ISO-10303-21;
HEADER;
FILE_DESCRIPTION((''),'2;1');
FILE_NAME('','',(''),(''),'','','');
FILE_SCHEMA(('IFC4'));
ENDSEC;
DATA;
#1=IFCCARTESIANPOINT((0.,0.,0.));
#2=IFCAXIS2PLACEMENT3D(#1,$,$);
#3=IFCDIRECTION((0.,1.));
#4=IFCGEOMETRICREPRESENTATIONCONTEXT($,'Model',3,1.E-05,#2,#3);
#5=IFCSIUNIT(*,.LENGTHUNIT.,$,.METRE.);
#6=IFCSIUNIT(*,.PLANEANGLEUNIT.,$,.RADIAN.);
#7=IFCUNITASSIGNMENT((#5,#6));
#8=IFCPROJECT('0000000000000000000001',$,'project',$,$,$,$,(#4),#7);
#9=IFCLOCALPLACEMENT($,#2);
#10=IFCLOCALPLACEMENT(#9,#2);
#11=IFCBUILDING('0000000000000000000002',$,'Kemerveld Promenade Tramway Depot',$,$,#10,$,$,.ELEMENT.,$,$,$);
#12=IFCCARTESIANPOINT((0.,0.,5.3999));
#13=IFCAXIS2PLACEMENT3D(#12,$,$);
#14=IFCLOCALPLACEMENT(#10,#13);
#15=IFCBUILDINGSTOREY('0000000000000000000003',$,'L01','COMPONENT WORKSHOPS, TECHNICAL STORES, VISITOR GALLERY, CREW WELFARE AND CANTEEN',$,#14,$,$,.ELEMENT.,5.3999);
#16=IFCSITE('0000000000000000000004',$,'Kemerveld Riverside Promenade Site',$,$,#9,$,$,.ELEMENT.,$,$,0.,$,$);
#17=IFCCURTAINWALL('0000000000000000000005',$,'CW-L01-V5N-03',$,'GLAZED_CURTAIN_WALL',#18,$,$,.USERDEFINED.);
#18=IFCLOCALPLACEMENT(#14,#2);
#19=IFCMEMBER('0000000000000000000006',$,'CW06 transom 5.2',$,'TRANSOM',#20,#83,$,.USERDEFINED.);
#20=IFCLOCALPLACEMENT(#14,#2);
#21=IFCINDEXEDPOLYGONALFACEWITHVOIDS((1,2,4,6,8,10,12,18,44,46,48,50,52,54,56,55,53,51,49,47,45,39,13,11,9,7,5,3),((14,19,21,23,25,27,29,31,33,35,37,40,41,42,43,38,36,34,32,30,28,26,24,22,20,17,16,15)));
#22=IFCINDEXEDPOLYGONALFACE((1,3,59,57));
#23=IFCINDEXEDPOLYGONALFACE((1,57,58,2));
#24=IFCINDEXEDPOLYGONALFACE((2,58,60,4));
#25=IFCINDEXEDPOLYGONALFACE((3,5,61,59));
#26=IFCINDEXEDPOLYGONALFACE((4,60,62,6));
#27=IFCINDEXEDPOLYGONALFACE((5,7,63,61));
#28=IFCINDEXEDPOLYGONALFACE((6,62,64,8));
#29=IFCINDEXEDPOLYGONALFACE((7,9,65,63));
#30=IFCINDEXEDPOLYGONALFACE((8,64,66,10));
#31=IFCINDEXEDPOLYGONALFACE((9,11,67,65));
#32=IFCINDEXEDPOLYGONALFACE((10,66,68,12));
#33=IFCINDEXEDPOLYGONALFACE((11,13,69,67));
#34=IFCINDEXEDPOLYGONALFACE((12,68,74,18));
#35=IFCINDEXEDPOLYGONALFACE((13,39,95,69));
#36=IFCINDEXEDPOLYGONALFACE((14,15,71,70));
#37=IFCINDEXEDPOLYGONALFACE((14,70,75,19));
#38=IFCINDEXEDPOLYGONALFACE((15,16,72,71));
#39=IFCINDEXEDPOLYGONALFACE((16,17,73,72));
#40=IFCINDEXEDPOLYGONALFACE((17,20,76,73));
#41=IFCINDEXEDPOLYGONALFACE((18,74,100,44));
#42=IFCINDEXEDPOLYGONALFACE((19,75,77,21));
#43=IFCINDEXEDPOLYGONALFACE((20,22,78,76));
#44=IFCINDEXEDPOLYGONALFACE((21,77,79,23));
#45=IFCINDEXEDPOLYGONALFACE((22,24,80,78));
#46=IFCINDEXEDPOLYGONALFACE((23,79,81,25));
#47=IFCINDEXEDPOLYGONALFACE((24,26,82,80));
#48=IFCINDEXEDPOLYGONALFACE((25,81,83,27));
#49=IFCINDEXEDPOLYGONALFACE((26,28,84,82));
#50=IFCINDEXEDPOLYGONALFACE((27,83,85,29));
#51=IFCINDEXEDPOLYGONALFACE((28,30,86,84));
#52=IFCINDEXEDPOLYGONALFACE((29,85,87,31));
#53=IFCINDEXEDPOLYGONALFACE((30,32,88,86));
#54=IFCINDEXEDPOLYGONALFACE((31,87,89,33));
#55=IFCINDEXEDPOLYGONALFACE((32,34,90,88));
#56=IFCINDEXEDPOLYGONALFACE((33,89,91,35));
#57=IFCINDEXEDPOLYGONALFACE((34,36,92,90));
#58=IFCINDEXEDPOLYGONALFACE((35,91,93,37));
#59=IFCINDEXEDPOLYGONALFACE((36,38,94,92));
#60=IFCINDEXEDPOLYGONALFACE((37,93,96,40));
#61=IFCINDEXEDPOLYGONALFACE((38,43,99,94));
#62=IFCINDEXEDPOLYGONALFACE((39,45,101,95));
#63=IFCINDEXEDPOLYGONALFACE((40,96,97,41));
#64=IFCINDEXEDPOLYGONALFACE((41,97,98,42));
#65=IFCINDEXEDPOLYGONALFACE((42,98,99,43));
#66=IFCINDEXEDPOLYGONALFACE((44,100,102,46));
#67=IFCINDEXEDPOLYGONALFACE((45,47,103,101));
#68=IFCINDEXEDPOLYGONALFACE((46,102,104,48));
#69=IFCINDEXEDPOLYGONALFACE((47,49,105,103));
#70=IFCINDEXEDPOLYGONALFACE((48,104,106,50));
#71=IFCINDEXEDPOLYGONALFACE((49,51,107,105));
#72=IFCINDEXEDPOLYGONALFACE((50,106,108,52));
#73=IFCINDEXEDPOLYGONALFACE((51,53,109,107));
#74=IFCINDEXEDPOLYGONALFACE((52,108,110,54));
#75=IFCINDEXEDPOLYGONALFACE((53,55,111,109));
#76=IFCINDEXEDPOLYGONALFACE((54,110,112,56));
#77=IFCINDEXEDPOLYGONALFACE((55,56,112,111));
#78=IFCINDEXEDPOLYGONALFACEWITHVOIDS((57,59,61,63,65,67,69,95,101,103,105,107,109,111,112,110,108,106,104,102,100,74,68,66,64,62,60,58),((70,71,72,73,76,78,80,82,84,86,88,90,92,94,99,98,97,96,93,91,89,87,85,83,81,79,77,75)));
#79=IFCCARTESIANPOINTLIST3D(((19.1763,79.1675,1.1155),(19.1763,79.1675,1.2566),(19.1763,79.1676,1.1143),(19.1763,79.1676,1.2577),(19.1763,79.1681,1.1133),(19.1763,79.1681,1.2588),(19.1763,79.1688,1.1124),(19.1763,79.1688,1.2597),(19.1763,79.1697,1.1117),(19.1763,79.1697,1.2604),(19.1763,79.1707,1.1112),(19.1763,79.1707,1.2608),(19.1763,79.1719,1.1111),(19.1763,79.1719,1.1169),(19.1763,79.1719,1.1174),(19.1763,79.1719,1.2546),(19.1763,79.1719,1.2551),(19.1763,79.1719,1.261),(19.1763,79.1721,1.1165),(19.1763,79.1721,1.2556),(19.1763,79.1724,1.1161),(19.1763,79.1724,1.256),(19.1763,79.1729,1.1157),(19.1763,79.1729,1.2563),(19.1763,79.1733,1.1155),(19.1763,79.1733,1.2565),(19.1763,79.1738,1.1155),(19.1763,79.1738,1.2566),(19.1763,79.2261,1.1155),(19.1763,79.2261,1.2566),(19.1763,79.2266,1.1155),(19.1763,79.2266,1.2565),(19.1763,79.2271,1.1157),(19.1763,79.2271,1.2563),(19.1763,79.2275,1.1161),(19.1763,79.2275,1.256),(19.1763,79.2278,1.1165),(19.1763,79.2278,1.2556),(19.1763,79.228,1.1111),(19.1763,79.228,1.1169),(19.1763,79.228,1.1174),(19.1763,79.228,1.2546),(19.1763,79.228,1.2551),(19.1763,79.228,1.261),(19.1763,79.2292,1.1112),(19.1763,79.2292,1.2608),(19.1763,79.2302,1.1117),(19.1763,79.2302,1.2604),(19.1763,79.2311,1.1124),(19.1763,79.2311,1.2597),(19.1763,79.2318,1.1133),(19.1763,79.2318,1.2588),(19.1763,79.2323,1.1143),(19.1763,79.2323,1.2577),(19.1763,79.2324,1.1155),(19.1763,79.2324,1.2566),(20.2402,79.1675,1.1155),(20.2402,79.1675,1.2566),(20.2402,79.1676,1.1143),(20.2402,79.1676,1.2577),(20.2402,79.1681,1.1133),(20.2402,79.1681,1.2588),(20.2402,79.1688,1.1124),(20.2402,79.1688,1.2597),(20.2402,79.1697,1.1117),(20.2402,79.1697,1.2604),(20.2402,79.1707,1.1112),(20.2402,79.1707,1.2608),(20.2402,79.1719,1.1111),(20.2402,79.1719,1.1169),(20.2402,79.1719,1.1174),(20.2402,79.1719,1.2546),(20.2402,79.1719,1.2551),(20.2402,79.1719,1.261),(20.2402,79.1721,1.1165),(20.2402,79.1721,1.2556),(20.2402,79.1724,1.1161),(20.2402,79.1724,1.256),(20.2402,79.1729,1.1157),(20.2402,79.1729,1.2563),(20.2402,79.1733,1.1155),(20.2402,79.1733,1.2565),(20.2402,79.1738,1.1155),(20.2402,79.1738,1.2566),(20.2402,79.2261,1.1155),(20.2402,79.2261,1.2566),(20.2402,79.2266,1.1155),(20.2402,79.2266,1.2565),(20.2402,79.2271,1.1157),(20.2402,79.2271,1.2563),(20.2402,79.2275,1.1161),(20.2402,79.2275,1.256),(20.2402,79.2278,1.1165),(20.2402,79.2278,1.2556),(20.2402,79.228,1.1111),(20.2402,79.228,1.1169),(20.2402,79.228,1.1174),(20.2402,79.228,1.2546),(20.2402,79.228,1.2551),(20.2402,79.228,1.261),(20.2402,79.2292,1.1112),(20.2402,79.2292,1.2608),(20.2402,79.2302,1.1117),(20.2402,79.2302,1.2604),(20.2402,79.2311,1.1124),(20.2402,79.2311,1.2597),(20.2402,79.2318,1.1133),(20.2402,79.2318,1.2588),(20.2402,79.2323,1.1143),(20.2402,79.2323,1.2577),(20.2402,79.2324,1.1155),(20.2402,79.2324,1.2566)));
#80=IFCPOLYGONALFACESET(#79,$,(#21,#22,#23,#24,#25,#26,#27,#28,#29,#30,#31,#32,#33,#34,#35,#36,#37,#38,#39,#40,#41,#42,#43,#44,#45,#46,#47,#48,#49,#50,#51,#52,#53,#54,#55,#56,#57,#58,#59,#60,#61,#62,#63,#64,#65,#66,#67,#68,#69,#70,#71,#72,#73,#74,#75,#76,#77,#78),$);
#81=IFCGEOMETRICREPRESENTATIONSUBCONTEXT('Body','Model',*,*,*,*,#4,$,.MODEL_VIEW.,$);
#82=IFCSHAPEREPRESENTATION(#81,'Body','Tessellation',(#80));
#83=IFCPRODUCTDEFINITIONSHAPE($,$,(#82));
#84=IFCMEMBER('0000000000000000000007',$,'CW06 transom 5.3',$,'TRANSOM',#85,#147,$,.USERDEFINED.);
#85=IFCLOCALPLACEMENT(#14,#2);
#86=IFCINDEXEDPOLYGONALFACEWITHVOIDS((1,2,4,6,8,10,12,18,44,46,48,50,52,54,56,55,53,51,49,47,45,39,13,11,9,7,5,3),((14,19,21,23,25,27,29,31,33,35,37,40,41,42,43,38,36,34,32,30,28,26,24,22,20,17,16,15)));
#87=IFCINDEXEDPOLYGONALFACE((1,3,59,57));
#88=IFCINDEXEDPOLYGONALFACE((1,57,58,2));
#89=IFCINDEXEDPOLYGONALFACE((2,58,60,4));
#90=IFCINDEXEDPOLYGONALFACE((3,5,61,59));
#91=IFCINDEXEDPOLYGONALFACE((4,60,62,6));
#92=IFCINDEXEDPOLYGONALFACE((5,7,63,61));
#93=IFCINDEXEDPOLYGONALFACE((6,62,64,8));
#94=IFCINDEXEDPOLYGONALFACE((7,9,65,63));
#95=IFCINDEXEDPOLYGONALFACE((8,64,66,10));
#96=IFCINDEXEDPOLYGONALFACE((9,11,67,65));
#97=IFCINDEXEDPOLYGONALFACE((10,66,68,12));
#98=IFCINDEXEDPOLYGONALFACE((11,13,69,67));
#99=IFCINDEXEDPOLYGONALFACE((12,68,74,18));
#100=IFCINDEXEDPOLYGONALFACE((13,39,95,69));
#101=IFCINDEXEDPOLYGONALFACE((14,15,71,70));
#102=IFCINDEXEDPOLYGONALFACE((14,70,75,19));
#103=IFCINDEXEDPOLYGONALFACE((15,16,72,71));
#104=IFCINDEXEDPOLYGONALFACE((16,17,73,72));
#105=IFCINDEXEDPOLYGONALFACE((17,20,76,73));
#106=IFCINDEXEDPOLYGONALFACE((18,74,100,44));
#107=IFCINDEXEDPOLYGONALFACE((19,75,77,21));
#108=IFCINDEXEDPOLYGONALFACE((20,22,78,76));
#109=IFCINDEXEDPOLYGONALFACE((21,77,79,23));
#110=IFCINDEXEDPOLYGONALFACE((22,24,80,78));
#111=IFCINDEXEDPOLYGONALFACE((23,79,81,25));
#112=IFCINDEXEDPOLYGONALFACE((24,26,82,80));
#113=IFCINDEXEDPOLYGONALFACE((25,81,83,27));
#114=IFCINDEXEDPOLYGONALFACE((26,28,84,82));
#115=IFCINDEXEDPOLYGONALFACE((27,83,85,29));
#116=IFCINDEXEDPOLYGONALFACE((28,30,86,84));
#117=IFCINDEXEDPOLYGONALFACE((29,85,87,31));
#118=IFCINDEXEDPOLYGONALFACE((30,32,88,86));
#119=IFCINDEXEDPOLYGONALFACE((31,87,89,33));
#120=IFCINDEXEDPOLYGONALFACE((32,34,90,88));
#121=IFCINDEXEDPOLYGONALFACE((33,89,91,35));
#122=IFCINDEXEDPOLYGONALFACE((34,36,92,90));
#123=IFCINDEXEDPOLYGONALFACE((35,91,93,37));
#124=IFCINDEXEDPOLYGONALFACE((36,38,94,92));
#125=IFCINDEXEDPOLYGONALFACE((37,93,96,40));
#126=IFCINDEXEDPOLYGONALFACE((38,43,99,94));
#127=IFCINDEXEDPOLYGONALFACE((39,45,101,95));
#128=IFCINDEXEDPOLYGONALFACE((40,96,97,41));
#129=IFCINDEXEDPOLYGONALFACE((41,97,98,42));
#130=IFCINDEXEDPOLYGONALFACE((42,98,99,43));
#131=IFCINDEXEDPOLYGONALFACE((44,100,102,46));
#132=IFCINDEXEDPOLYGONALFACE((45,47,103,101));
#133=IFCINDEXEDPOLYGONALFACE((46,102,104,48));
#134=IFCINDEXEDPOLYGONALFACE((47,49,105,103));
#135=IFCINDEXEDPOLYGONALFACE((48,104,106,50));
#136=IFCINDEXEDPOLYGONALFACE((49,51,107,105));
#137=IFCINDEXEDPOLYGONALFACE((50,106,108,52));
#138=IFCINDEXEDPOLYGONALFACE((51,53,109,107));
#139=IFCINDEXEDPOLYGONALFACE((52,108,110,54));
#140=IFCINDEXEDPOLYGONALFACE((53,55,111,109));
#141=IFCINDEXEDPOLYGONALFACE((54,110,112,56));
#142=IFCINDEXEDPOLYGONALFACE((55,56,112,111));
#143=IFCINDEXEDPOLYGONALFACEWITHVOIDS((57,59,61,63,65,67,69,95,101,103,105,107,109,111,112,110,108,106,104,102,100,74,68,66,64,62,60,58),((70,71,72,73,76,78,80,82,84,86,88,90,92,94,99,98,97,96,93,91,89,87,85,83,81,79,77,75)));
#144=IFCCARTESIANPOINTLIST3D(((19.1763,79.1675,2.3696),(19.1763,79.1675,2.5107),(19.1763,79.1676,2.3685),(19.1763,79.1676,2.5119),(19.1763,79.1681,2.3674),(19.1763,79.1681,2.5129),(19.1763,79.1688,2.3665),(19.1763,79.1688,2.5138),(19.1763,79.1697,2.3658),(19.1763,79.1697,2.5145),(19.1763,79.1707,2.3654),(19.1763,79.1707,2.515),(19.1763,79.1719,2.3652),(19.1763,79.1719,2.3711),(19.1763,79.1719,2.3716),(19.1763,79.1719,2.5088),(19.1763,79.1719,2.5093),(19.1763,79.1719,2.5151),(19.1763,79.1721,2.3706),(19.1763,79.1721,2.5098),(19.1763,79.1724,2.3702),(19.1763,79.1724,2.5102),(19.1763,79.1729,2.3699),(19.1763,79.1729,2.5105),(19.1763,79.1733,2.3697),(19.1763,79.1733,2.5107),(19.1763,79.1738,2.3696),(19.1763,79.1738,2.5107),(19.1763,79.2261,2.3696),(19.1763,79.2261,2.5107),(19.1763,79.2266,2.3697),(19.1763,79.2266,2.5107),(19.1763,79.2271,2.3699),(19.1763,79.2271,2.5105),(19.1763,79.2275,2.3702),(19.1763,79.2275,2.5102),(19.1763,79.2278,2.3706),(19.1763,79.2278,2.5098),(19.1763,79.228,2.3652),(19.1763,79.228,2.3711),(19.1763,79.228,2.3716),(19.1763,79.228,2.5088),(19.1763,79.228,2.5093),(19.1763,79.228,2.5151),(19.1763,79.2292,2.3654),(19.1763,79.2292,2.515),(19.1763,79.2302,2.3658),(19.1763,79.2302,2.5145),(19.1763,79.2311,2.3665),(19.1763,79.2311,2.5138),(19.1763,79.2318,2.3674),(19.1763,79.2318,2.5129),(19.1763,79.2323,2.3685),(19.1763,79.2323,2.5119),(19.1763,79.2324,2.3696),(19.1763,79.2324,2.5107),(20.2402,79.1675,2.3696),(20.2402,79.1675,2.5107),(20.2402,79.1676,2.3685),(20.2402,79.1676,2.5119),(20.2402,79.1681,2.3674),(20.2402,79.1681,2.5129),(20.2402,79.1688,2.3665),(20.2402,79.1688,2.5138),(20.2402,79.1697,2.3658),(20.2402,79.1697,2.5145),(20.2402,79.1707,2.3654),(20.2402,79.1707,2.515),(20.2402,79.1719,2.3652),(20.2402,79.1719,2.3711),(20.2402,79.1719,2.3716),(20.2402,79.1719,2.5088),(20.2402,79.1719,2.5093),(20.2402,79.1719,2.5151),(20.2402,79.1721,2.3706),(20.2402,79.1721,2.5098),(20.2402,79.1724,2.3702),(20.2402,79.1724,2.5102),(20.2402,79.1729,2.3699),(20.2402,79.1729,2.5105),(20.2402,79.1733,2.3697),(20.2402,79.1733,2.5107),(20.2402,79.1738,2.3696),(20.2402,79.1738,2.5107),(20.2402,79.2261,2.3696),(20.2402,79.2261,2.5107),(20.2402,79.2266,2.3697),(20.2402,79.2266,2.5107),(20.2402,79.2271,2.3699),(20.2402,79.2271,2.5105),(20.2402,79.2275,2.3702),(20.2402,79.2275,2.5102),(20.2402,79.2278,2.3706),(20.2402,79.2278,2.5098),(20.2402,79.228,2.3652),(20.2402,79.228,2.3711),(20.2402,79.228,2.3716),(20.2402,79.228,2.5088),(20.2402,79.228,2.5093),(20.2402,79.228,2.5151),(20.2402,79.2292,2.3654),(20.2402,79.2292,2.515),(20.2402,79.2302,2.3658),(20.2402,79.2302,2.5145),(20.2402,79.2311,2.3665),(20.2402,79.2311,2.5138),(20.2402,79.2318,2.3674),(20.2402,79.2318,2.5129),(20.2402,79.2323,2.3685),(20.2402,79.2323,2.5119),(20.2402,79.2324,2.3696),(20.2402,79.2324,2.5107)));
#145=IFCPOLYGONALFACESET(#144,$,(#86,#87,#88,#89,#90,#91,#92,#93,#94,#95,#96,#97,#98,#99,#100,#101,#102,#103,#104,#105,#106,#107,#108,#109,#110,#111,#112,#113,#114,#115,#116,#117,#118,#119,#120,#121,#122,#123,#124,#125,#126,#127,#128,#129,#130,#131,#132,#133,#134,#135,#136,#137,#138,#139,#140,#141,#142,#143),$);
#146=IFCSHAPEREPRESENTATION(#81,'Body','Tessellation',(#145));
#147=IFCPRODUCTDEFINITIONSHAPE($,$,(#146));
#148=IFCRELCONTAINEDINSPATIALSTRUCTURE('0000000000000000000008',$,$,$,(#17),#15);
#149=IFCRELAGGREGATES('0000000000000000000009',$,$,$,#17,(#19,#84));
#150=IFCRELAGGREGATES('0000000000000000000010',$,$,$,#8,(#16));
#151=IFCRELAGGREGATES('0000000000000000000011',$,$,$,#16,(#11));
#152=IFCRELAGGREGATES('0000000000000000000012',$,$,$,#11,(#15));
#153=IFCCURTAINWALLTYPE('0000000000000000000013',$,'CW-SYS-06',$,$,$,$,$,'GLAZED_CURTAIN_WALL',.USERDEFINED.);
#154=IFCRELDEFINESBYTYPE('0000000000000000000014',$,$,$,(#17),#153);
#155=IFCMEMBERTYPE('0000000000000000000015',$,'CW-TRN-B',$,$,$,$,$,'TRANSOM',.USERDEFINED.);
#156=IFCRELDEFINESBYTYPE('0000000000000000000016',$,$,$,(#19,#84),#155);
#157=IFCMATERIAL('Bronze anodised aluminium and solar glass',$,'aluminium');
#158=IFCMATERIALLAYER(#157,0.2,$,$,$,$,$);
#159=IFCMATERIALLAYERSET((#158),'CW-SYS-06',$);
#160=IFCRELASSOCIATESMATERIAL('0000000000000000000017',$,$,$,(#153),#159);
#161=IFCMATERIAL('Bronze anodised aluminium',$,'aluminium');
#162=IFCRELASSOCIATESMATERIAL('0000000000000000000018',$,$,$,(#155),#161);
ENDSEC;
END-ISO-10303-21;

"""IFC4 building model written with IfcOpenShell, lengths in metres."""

from ifc_helpers import new_model, si_unit, direction, frame, origin, origin_2d, place, context, subcontext, project, spatial, hollow_rectangle, extrude, material, layer, layer_set, material_profile, profile_set, type_object, element, aggregate, save


model = new_model("IFC4")

# Units and contexts
model_context = context("Model", 3, precision=1e-05, world=origin(), true_north=direction((0.0, 1.0)))
body_context = subcontext(model_context, "Body", "Model", "MODEL_VIEW")
ifc_project = project(units=[si_unit("LENGTHUNIT", "METRE"), si_unit("PLANEANGLEUNIT", "RADIAN")], contexts=[model_context])

# Site, building, storey
site_placement = place(None, origin())
site = spatial("IfcSite", under=ifc_project, at=site_placement, Name="Kemerveld Riverside Promenade Site", CompositionType="ELEMENT", RefElevation=0.0)
building_placement = place(site_placement, origin())
building = spatial("IfcBuilding", under=site, at=building_placement, Name="Kemerveld Promenade Tramway Depot", CompositionType="ELEMENT")
storey_placement = place(building_placement, frame((0.0, 0.0, 5.3999)))
storey = spatial("IfcBuildingStorey", under=building, at=storey_placement, Name="L01", Description="COMPONENT WORKSHOPS, TECHNICAL STORES, VISITOR GALLERY, CREW WELFARE AND CANTEEN", CompositionType="ELEMENT", Elevation=5.3999)

# Curtain wall, members
ifc_material_1 = material(Name="Bronze anodised aluminium and solar glass", Category="aluminium")
ifc_layer_1 = layer(ifc_material_1, 0.2)
ifc_layer_set_1 = layer_set([ifc_layer_1], Name="CW-SYS-06")
curtain_wall_type = type_object("IfcCurtainWallType", Name="CW-SYS-06", ElementType="GLAZED_CURTAIN_WALL", PredefinedType="USERDEFINED", material=ifc_layer_set_1)
curtain_wall_placement = place(storey_placement, origin())
curtain_wall = element("IfcCurtainWall", 1, at=curtain_wall_placement, inside=storey, type_object=curtain_wall_type, Name="CW-L01-V5N-03", ObjectType="GLAZED_CURTAIN_WALL", PredefinedType="USERDEFINED")
ifc_material_2 = material(Name="Bronze anodised aluminium", Category="aluminium")
ifc_material_profile_1 = material_profile(ifc_material_2, hollow_rectangle(XDim=0.0649, YDim=0.1499, WallThickness=0.0044, InnerFilletRadius=0.002, OuterFilletRadius=0.0044, at=origin_2d()), Name="CW-TRN-150x65")
ifc_profile_set_1 = profile_set([ifc_material_profile_1], Name="Bronze anodised aluminium")
member_type_1 = type_object("IfcMemberType", Name="CW-TRN-B", ElementType="TRANSOM", PredefinedType="USERDEFINED", material=ifc_profile_set_1)
member_1_placement = place(storey_placement, frame((19.1763, 79.2, 1.186), z_axis=(1.0, 0.0, 0.0), x_axis=(0.0, 1.0, 0.0)))
member_1 = element("IfcMember", 2, at=member_1_placement, type_object=member_type_1, Name="CW06 transom 5.2", ObjectType="TRANSOM", PredefinedType="USERDEFINED", context=body_context, shape_type="SweptSolid", body=[
    extrude(hollow_rectangle(XDim=0.0649, YDim=0.1499, WallThickness=0.0044, InnerFilletRadius=0.002, OuterFilletRadius=0.0044, at=origin_2d()), origin(), (0.0, 0.0, 1.0), 1.064),
])
member_2_placement = place(storey_placement, frame((19.1763, 79.2, 2.4402), z_axis=(1.0, 0.0, 0.0), x_axis=(0.0, 1.0, 0.0)))
member_2 = element("IfcMember", 3, at=member_2_placement, type_object=member_type_1, Name="CW06 transom 5.3", ObjectType="TRANSOM", PredefinedType="USERDEFINED", context=body_context, shape_type="SweptSolid", body=[
    extrude(hollow_rectangle(XDim=0.0649, YDim=0.1499, WallThickness=0.0044, InnerFilletRadius=0.002, OuterFilletRadius=0.0044, at=origin_2d()), origin(), (0.0, 0.0, 1.0), 1.064),
])
aggregate(curtain_wall, [member_1, member_2])

save(model, "model.ifc")
